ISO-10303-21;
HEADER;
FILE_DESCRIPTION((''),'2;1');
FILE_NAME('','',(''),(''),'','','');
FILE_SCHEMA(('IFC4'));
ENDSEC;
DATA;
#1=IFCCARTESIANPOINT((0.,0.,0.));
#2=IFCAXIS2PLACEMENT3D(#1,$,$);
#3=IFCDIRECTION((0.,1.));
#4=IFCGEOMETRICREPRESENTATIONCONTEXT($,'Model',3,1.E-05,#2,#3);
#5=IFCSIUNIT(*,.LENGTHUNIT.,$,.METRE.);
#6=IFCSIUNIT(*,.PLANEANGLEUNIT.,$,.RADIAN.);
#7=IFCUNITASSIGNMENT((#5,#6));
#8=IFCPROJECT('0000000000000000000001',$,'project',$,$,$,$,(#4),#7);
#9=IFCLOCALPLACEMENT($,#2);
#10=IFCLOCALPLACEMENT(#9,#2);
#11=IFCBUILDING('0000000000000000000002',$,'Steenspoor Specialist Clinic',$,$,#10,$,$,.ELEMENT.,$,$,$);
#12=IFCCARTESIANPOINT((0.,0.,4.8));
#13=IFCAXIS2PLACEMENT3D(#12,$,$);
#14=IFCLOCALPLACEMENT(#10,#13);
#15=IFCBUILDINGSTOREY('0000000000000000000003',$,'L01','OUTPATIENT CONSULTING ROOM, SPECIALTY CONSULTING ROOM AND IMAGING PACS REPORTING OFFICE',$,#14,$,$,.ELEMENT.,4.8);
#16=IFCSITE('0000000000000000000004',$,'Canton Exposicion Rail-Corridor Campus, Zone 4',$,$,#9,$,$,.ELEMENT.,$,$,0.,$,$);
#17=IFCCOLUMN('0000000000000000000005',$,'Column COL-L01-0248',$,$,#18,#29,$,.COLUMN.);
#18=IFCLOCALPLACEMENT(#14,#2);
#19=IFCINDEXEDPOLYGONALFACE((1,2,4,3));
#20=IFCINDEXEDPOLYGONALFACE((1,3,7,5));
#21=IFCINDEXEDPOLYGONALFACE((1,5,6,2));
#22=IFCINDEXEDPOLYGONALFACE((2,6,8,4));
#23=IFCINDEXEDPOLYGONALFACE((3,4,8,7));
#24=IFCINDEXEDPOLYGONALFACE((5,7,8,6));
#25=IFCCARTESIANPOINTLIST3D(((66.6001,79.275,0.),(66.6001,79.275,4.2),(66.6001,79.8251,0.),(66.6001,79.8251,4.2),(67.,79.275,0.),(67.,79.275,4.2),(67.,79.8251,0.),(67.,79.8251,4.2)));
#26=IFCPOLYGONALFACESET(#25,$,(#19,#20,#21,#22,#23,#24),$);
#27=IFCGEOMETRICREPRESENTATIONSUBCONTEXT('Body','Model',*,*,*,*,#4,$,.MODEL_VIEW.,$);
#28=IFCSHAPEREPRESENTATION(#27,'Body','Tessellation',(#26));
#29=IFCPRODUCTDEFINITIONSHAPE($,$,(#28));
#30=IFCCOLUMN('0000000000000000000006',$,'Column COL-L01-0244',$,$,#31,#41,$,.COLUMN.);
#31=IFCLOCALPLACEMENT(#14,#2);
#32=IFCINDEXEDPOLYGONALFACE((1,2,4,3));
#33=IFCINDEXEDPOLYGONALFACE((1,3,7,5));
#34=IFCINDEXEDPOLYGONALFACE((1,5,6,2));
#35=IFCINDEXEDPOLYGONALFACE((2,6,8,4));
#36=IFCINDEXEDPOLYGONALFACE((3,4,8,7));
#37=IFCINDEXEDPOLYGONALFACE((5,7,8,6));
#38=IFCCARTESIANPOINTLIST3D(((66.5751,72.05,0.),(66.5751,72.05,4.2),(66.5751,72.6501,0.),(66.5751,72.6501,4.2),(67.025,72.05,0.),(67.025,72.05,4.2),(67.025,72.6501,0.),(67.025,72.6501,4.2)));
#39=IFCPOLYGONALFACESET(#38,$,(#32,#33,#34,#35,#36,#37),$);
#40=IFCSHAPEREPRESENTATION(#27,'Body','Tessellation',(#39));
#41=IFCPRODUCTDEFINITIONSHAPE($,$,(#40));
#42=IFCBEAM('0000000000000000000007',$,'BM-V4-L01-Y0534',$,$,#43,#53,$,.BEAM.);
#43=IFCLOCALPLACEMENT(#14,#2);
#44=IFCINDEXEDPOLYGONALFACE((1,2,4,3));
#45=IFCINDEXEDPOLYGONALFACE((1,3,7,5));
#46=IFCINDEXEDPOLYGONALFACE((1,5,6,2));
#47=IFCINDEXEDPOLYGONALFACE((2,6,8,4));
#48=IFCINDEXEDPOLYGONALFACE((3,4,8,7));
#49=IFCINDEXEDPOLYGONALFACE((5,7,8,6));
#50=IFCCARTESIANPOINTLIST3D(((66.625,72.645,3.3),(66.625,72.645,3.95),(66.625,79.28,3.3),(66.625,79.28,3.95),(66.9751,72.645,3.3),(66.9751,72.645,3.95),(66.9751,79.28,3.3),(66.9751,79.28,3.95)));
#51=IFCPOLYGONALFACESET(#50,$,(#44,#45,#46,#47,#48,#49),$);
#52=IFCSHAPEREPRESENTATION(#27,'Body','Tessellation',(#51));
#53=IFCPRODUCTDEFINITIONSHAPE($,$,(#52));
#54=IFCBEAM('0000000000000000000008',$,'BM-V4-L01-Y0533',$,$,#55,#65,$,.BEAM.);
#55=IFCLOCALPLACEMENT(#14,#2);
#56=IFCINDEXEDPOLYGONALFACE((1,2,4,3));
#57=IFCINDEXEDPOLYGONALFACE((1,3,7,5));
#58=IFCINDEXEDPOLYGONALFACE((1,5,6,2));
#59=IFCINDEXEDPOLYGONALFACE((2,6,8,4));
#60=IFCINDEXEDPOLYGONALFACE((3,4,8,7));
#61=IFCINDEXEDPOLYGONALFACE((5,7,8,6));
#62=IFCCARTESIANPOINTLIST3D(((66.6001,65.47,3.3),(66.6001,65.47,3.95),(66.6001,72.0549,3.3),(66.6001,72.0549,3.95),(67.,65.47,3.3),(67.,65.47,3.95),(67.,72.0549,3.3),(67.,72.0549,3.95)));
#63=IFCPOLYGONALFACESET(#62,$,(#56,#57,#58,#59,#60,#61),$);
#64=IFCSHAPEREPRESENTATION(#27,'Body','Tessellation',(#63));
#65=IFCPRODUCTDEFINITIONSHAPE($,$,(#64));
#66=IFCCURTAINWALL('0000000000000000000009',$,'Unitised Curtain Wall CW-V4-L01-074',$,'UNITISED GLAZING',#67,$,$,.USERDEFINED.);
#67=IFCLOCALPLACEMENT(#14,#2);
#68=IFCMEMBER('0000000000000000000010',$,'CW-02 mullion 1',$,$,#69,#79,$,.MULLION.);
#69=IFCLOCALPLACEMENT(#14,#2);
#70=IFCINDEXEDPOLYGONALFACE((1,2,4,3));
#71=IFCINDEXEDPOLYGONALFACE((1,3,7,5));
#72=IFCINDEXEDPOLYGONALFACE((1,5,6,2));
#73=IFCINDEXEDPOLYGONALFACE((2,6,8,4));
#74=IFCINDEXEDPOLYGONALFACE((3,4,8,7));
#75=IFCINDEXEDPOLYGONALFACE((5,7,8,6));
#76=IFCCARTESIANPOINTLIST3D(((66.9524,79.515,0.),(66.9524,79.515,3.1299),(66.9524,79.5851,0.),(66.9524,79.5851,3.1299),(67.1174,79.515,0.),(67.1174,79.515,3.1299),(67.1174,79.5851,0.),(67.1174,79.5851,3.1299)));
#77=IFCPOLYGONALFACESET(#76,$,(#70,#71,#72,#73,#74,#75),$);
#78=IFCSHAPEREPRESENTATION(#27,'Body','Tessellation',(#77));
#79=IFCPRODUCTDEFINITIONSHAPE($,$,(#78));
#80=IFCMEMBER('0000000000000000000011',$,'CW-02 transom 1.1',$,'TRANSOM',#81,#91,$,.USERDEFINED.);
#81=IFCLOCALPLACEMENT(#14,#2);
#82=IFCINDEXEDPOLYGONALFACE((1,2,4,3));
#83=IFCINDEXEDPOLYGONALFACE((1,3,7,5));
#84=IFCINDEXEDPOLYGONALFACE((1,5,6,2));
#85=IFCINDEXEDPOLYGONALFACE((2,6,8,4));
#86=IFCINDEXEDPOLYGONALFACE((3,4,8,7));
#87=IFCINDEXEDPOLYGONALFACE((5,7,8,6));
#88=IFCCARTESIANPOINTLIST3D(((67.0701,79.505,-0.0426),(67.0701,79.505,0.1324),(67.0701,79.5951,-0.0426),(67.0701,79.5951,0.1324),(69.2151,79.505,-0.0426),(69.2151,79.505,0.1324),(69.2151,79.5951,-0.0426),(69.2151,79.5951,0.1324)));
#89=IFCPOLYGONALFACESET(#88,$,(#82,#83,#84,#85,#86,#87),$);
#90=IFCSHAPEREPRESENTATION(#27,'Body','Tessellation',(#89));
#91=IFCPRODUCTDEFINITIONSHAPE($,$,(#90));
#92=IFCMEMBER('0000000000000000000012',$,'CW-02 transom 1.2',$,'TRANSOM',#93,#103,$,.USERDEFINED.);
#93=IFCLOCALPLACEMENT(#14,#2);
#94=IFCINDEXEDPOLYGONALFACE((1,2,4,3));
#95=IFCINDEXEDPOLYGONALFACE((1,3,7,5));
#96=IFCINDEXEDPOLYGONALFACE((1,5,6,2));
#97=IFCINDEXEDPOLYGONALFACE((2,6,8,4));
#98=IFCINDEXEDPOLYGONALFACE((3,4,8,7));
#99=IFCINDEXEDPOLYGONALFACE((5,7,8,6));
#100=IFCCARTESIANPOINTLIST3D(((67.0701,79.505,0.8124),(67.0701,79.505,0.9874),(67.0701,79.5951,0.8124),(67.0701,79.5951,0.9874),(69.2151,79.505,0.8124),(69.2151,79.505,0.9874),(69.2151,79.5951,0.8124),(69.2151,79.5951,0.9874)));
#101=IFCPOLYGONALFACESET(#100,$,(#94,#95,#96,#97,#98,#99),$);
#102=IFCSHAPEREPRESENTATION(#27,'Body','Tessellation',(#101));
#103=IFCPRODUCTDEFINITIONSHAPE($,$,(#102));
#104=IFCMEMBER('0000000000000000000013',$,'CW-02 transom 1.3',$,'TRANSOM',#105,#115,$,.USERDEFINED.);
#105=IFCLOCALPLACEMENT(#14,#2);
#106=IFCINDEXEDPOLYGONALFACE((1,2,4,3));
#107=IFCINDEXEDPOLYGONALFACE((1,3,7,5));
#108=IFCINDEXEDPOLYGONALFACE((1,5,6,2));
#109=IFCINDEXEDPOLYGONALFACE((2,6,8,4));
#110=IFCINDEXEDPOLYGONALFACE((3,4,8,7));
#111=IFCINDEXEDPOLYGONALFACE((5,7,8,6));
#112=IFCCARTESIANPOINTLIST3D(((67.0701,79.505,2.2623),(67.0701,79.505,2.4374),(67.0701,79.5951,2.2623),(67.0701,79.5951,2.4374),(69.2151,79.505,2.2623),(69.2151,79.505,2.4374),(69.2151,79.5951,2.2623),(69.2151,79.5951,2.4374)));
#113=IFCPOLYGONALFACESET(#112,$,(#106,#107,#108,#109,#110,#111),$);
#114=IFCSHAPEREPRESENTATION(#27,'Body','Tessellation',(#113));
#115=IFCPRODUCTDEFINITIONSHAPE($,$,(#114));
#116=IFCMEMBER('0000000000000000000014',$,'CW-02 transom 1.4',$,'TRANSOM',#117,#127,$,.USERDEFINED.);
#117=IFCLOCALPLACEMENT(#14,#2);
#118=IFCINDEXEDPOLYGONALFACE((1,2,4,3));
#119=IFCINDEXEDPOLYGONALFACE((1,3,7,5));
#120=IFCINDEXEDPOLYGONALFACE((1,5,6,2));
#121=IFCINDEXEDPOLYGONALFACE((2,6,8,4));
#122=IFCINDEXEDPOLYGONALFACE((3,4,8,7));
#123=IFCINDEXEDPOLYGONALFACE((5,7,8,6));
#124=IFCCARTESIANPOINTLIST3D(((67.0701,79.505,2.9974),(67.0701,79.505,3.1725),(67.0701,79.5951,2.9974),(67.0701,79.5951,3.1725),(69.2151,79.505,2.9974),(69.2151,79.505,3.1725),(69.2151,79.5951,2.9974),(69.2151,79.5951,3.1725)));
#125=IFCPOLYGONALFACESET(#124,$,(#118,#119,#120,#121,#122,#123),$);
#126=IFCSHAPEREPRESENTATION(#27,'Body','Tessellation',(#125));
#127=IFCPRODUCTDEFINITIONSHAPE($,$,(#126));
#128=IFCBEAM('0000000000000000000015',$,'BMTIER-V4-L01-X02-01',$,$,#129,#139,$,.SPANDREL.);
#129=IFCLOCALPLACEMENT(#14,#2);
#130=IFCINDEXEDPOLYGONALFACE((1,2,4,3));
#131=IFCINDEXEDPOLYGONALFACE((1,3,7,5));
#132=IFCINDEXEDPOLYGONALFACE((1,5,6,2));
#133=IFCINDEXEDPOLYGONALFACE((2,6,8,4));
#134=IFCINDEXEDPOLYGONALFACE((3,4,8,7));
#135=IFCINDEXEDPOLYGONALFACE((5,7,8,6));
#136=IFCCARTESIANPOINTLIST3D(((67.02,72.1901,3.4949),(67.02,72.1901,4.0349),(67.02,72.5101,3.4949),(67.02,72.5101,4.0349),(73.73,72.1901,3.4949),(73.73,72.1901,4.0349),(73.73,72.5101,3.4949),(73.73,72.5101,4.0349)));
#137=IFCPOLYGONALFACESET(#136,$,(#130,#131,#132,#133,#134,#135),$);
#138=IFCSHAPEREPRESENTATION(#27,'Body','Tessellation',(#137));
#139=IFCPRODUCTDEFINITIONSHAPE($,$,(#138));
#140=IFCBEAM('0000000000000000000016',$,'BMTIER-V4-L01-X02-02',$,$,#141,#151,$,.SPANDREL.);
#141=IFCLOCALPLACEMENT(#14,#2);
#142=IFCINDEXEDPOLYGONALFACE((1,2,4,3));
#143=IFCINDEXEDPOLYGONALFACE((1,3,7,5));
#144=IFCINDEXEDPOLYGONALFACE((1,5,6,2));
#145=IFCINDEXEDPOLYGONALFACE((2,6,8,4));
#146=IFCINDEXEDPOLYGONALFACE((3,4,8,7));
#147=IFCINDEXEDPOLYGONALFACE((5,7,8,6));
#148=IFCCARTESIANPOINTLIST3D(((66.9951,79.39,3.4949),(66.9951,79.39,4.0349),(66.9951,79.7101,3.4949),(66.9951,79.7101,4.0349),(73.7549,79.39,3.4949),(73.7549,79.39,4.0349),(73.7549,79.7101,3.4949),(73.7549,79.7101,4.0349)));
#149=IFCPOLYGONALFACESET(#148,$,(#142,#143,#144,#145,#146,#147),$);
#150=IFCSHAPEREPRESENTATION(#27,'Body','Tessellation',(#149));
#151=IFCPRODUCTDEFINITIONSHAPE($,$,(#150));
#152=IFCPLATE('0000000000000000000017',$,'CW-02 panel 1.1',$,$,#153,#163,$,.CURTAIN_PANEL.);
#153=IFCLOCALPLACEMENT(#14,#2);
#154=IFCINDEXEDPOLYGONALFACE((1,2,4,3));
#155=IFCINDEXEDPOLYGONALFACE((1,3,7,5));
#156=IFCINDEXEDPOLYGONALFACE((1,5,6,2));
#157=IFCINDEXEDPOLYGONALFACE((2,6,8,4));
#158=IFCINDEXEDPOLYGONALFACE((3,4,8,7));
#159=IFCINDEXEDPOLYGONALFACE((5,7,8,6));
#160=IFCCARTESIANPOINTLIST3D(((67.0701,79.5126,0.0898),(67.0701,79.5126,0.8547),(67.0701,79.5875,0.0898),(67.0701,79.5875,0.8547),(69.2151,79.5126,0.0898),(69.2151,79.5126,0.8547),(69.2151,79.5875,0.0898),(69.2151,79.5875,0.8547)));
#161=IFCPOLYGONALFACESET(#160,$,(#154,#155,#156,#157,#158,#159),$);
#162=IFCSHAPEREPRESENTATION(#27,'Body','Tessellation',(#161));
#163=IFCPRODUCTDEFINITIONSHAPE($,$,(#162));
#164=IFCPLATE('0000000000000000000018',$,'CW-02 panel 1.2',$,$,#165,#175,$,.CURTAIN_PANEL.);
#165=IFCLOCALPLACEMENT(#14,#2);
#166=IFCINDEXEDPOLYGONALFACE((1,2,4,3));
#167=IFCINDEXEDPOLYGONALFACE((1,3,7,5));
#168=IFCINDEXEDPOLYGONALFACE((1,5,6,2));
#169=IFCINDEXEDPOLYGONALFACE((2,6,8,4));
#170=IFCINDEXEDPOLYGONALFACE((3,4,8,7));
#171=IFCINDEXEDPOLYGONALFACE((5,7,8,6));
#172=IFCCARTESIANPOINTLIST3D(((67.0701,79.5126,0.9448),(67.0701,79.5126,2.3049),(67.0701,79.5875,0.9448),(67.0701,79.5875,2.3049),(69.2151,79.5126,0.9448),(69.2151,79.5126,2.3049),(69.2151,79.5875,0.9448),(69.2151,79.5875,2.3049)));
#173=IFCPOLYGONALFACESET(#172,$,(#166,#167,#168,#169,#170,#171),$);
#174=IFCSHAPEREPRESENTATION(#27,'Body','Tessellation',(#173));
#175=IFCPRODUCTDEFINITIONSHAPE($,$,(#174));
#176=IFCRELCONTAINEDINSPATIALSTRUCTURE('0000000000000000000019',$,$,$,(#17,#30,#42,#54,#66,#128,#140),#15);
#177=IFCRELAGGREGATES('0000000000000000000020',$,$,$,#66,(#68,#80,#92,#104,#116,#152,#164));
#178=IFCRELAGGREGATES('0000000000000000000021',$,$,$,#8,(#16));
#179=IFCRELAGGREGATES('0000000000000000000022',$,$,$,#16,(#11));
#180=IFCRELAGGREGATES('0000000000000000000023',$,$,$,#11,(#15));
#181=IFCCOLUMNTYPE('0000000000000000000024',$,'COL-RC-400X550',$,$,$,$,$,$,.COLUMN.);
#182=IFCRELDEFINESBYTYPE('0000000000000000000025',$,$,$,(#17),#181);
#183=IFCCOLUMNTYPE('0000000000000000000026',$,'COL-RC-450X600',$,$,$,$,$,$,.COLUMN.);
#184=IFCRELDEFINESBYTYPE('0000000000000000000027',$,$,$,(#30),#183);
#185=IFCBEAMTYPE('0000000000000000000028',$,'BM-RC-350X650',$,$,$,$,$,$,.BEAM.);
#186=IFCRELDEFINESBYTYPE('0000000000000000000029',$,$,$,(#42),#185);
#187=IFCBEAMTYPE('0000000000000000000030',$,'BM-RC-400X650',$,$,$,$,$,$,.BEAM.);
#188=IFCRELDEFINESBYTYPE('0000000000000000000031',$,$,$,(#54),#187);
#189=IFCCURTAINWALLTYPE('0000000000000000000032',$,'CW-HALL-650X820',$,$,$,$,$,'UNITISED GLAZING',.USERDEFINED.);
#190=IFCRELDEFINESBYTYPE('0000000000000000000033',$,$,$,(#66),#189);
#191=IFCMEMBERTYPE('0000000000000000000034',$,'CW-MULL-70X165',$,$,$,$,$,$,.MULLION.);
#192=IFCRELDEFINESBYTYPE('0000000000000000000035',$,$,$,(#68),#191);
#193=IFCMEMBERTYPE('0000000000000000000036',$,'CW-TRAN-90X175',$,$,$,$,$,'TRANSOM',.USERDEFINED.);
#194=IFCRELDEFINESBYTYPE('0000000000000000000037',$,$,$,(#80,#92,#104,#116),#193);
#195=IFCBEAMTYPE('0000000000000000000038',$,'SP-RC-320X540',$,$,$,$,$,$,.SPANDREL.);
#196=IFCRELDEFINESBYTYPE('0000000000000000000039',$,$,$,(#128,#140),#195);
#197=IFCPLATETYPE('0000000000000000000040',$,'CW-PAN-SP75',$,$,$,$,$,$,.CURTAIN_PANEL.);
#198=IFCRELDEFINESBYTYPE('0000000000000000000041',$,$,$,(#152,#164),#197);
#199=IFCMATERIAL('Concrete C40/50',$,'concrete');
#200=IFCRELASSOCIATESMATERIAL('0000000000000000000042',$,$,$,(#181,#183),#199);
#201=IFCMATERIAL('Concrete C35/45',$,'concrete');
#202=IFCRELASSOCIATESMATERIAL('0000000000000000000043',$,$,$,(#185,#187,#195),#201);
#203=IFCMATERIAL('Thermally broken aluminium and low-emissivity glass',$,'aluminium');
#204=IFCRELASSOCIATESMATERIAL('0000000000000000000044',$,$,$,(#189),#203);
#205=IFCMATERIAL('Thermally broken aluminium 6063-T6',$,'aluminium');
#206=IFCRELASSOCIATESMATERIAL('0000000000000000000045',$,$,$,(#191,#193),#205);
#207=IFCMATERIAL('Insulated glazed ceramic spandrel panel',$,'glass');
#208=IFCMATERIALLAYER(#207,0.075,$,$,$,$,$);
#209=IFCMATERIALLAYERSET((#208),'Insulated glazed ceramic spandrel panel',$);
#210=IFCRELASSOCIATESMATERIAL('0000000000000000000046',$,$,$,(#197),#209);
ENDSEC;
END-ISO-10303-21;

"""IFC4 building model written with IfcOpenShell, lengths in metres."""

from ifc_helpers import new_model, si_unit, direction, frame, origin, origin_2d, place, context, subcontext, project, spatial, rectangle, extrude, material, layer, layer_set, material_profile, profile_set, type_object, element, aggregate, save


model = new_model("IFC4")

# Units and contexts
model_context = context("Model", 3, precision=1e-05, world=origin(), true_north=direction((0.0, 1.0)))
body_context = subcontext(model_context, "Body", "Model", "MODEL_VIEW")
ifc_project = project(units=[si_unit("LENGTHUNIT", "METRE"), si_unit("PLANEANGLEUNIT", "RADIAN")], contexts=[model_context])

# Site, building, storey
site_placement = place(None, origin())
site = spatial("IfcSite", under=ifc_project, at=site_placement, Name="Canton Exposicion Rail-Corridor Campus, Zone 4", CompositionType="ELEMENT", RefElevation=0.0)
building_placement = place(site_placement, origin())
building = spatial("IfcBuilding", under=site, at=building_placement, Name="Steenspoor Specialist Clinic", CompositionType="ELEMENT")
storey_placement = place(building_placement, frame((0.0, 0.0, 4.8)))
storey = spatial("IfcBuildingStorey", under=building, at=storey_placement, Name="L01", Description="OUTPATIENT CONSULTING ROOM, SPECIALTY CONSULTING ROOM AND IMAGING PACS REPORTING OFFICE", CompositionType="ELEMENT", Elevation=4.8)

# Columns
ifc_material_1 = material(Name="Concrete C40/50", Category="concrete")
ifc_material_profile_1 = material_profile(ifc_material_1, rectangle(XDim=0.3999, YDim=0.55, at=origin_2d()), Name="RC-COL-400X550")
ifc_profile_set_1 = profile_set([ifc_material_profile_1], Name="Concrete C40/50")
column_type_1 = type_object("IfcColumnType", Name="COL-RC-400X550", PredefinedType="COLUMN", material=ifc_profile_set_1)
column_1_placement = place(storey_placement, frame((66.8, 79.55, 0.0), z_axis=(0.0, 0.0, 1.0), x_axis=(1.0, 0.0, 0.0)))
element("IfcColumn", 1, at=column_1_placement, inside=storey, type_object=column_type_1, Name="Column COL-L01-0248", PredefinedType="COLUMN", context=body_context, shape_type="SweptSolid", body=[
    extrude(rectangle(XDim=0.3999, YDim=0.55, at=origin_2d()), origin(), (0.0, 0.0, 1.0), 4.2),
])
ifc_material_profile_2 = material_profile(ifc_material_1, rectangle(XDim=0.45, YDim=0.6001, at=origin_2d()), Name="RC-COL-450X600")
ifc_profile_set_2 = profile_set([ifc_material_profile_2], Name="Concrete C40/50")
column_type_2 = type_object("IfcColumnType", Name="COL-RC-450X600", PredefinedType="COLUMN", material=ifc_profile_set_2)
column_2_placement = place(storey_placement, frame((66.8, 72.3501, 0.0), z_axis=(0.0, 0.0, 1.0), x_axis=(1.0, 0.0, 0.0)))
element("IfcColumn", 2, at=column_2_placement, inside=storey, type_object=column_type_2, Name="Column COL-L01-0244", PredefinedType="COLUMN", context=body_context, shape_type="SweptSolid", body=[
    extrude(rectangle(XDim=0.45, YDim=0.6001, at=origin_2d()), origin(), (0.0, 0.0, 1.0), 4.2),
])

# Beams
ifc_material_2 = material(Name="Concrete C35/45", Category="concrete")
ifc_material_profile_3 = material_profile(ifc_material_2, rectangle(XDim=0.3501, YDim=0.6499, at=origin_2d()), Name="RC-BM-350X650")
ifc_profile_set_3 = profile_set([ifc_material_profile_3], Name="Concrete C35/45")
beam_type_1 = type_object("IfcBeamType", Name="BM-RC-350X650", PredefinedType="BEAM", material=ifc_profile_set_3)
beam_1_placement = place(storey_placement, frame((66.8, 72.645, 3.625), z_axis=(0.0, 1.0, 0.0), x_axis=(-1.0, 0.0, 0.0)))
element("IfcBeam", 3, at=beam_1_placement, inside=storey, type_object=beam_type_1, Name="BM-V4-L01-Y0534", PredefinedType="BEAM", context=body_context, shape_type="SweptSolid", body=[
    extrude(rectangle(XDim=0.3501, YDim=0.6499, at=origin_2d()), origin(), (0.0, 0.0, 1.0), 6.635),
])
ifc_material_profile_4 = material_profile(ifc_material_2, rectangle(XDim=0.3999, YDim=0.6499, at=origin_2d()), Name="RC-BM-400X650")
ifc_profile_set_4 = profile_set([ifc_material_profile_4], Name="Concrete C35/45")
beam_type_2 = type_object("IfcBeamType", Name="BM-RC-400X650", PredefinedType="BEAM", material=ifc_profile_set_4)
beam_2_placement = place(storey_placement, frame((66.8, 65.47, 3.625), z_axis=(0.0, 1.0, 0.0), x_axis=(-1.0, 0.0, 0.0)))
element("IfcBeam", 4, at=beam_2_placement, inside=storey, type_object=beam_type_2, Name="BM-V4-L01-Y0533", PredefinedType="BEAM", context=body_context, shape_type="SweptSolid", body=[
    extrude(rectangle(XDim=0.3999, YDim=0.6499, at=origin_2d()), origin(), (0.0, 0.0, 1.0), 6.585),
])

# Curtain wall, members
ifc_material_3 = material(Name="Thermally broken aluminium and low-emissivity glass", Category="aluminium")
curtain_wall_type = type_object("IfcCurtainWallType", Name="CW-HALL-650X820", ElementType="UNITISED GLAZING", PredefinedType="USERDEFINED", material=ifc_material_3)
curtain_wall_placement = place(storey_placement, origin())
curtain_wall = element("IfcCurtainWall", 5, at=curtain_wall_placement, inside=storey, type_object=curtain_wall_type, Name="Unitised Curtain Wall CW-V4-L01-074", ObjectType="UNITISED GLAZING", PredefinedType="USERDEFINED")
ifc_material_4 = material(Name="Thermally broken aluminium 6063-T6", Category="aluminium")
ifc_material_profile_5 = material_profile(ifc_material_4, rectangle(XDim=0.0701, YDim=0.165, at=origin_2d()), Name="CWM-70X165")
ifc_profile_set_5 = profile_set([ifc_material_profile_5], Name="Thermally broken aluminium 6063-T6")
member_type_1 = type_object("IfcMemberType", Name="CW-MULL-70X165", PredefinedType="MULLION", material=ifc_profile_set_5)
member_1_placement = place(storey_placement, frame((67.0349, 79.55, 0.0), z_axis=(0.0, 0.0, 1.0), x_axis=(0.0, 1.0, 0.0)))
member_1 = element("IfcMember", 6, at=member_1_placement, type_object=member_type_1, Name="CW-02 mullion 1", PredefinedType="MULLION", context=body_context, shape_type="SweptSolid", body=[
    extrude(rectangle(XDim=0.0701, YDim=0.165, at=origin_2d()), origin(), (0.0, 0.0, 1.0), 3.1299),
])
ifc_material_profile_6 = material_profile(ifc_material_4, rectangle(XDim=0.0901, YDim=0.175, at=origin_2d()), Name="CWT-90X175")
ifc_profile_set_6 = profile_set([ifc_material_profile_6], Name="Thermally broken aluminium 6063-T6")
member_type_2 = type_object("IfcMemberType", Name="CW-TRAN-90X175", ElementType="TRANSOM", PredefinedType="USERDEFINED", material=ifc_profile_set_6)
member_2_placement = place(storey_placement, frame((67.0701, 79.55, 0.0449), z_axis=(1.0, 0.0, 0.0), x_axis=(0.0, 1.0, 0.0)))
member_2 = element("IfcMember", 7, at=member_2_placement, type_object=member_type_2, Name="CW-02 transom 1.1", ObjectType="TRANSOM", PredefinedType="USERDEFINED", context=body_context, shape_type="SweptSolid", body=[
    extrude(rectangle(XDim=0.0901, YDim=0.175, at=origin_2d()), origin(), (0.0, 0.0, 1.0), 2.145),
])
member_3_placement = place(storey_placement, frame((67.0701, 79.55, 0.8999), z_axis=(1.0, 0.0, 0.0), x_axis=(0.0, 1.0, 0.0)))
member_3 = element("IfcMember", 8, at=member_3_placement, type_object=member_type_2, Name="CW-02 transom 1.2", ObjectType="TRANSOM", PredefinedType="USERDEFINED", context=body_context, shape_type="SweptSolid", body=[
    extrude(rectangle(XDim=0.0901, YDim=0.175, at=origin_2d()), origin(), (0.0, 0.0, 1.0), 2.145),
])
member_4_placement = place(storey_placement, frame((67.0701, 79.55, 2.3499), z_axis=(1.0, 0.0, 0.0), x_axis=(0.0, 1.0, 0.0)))
member_4 = element("IfcMember", 9, at=member_4_placement, type_object=member_type_2, Name="CW-02 transom 1.3", ObjectType="TRANSOM", PredefinedType="USERDEFINED", context=body_context, shape_type="SweptSolid", body=[
    extrude(rectangle(XDim=0.0901, YDim=0.175, at=origin_2d()), origin(), (0.0, 0.0, 1.0), 2.145),
])
member_5_placement = place(storey_placement, frame((67.0701, 79.55, 3.085), z_axis=(1.0, 0.0, 0.0), x_axis=(0.0, 1.0, 0.0)))
member_5 = element("IfcMember", 10, at=member_5_placement, type_object=member_type_2, Name="CW-02 transom 1.4", ObjectType="TRANSOM", PredefinedType="USERDEFINED", context=body_context, shape_type="SweptSolid", body=[
    extrude(rectangle(XDim=0.0901, YDim=0.175, at=origin_2d()), origin(), (0.0, 0.0, 1.0), 2.145),
])

# Beams
ifc_material_profile_7 = material_profile(ifc_material_2, rectangle(XDim=0.3201, YDim=0.54, at=origin_2d()), Name="RC-SP-320X540")
ifc_profile_set_7 = profile_set([ifc_material_profile_7], Name="Concrete C35/45")
beam_type_3 = type_object("IfcBeamType", Name="SP-RC-320X540", PredefinedType="SPANDREL", material=ifc_profile_set_7)
beam_3_placement = place(storey_placement, frame((67.02, 72.3501, 3.7649), z_axis=(1.0, 0.0, 0.0), x_axis=(0.0, 1.0, 0.0)))
element("IfcBeam", 11, at=beam_3_placement, inside=storey, type_object=beam_type_3, Name="BMTIER-V4-L01-X02-01", PredefinedType="SPANDREL", context=body_context, shape_type="SweptSolid", body=[
    extrude(rectangle(XDim=0.3201, YDim=0.54, at=origin_2d()), origin(), (0.0, 0.0, 1.0), 6.71),
])
beam_4_placement = place(storey_placement, frame((66.9951, 79.55, 3.7649), z_axis=(1.0, 0.0, 0.0), x_axis=(0.0, 1.0, 0.0)))
element("IfcBeam", 12, at=beam_4_placement, inside=storey, type_object=beam_type_3, Name="BMTIER-V4-L01-X02-02", PredefinedType="SPANDREL", context=body_context, shape_type="SweptSolid", body=[
    extrude(rectangle(XDim=0.3201, YDim=0.54, at=origin_2d()), origin(), (0.0, 0.0, 1.0), 6.7598),
])

# Plates
ifc_material_5 = material(Name="Insulated glazed ceramic spandrel panel", Category="glass")
ifc_layer_1 = layer(ifc_material_5, 0.075)
ifc_layer_set_1 = layer_set([ifc_layer_1], Name="Insulated glazed ceramic spandrel panel")
plate_type = type_object("IfcPlateType", Name="CW-PAN-SP75", PredefinedType="CURTAIN_PANEL", material=ifc_layer_set_1)
plate_1_placement = place(storey_placement, frame((68.1426, 79.55, 0.0898), z_axis=(0.0, 0.0, 1.0), x_axis=(1.0, 0.0, 0.0)))
plate_1 = element("IfcPlate", 13, at=plate_1_placement, type_object=plate_type, Name="CW-02 panel 1.1", PredefinedType="CURTAIN_PANEL", context=body_context, shape_type="SweptSolid", body=[
    extrude(rectangle(XDim=2.145, YDim=0.075, at=origin_2d()), origin(), (0.0, 0.0, 1.0), 0.7649),
])
plate_2_placement = place(storey_placement, frame((68.1426, 79.55, 0.9448), z_axis=(0.0, 0.0, 1.0), x_axis=(1.0, 0.0, 0.0)))
plate_2 = element("IfcPlate", 14, at=plate_2_placement, type_object=plate_type, Name="CW-02 panel 1.2", PredefinedType="CURTAIN_PANEL", context=body_context, shape_type="SweptSolid", body=[
    extrude(rectangle(XDim=2.145, YDim=0.075, at=origin_2d()), origin(), (0.0, 0.0, 1.0), 1.3601),
])
aggregate(curtain_wall, [member_1, member_2, member_3, member_4, member_5, plate_1, plate_2])

save(model, "model.ifc")
